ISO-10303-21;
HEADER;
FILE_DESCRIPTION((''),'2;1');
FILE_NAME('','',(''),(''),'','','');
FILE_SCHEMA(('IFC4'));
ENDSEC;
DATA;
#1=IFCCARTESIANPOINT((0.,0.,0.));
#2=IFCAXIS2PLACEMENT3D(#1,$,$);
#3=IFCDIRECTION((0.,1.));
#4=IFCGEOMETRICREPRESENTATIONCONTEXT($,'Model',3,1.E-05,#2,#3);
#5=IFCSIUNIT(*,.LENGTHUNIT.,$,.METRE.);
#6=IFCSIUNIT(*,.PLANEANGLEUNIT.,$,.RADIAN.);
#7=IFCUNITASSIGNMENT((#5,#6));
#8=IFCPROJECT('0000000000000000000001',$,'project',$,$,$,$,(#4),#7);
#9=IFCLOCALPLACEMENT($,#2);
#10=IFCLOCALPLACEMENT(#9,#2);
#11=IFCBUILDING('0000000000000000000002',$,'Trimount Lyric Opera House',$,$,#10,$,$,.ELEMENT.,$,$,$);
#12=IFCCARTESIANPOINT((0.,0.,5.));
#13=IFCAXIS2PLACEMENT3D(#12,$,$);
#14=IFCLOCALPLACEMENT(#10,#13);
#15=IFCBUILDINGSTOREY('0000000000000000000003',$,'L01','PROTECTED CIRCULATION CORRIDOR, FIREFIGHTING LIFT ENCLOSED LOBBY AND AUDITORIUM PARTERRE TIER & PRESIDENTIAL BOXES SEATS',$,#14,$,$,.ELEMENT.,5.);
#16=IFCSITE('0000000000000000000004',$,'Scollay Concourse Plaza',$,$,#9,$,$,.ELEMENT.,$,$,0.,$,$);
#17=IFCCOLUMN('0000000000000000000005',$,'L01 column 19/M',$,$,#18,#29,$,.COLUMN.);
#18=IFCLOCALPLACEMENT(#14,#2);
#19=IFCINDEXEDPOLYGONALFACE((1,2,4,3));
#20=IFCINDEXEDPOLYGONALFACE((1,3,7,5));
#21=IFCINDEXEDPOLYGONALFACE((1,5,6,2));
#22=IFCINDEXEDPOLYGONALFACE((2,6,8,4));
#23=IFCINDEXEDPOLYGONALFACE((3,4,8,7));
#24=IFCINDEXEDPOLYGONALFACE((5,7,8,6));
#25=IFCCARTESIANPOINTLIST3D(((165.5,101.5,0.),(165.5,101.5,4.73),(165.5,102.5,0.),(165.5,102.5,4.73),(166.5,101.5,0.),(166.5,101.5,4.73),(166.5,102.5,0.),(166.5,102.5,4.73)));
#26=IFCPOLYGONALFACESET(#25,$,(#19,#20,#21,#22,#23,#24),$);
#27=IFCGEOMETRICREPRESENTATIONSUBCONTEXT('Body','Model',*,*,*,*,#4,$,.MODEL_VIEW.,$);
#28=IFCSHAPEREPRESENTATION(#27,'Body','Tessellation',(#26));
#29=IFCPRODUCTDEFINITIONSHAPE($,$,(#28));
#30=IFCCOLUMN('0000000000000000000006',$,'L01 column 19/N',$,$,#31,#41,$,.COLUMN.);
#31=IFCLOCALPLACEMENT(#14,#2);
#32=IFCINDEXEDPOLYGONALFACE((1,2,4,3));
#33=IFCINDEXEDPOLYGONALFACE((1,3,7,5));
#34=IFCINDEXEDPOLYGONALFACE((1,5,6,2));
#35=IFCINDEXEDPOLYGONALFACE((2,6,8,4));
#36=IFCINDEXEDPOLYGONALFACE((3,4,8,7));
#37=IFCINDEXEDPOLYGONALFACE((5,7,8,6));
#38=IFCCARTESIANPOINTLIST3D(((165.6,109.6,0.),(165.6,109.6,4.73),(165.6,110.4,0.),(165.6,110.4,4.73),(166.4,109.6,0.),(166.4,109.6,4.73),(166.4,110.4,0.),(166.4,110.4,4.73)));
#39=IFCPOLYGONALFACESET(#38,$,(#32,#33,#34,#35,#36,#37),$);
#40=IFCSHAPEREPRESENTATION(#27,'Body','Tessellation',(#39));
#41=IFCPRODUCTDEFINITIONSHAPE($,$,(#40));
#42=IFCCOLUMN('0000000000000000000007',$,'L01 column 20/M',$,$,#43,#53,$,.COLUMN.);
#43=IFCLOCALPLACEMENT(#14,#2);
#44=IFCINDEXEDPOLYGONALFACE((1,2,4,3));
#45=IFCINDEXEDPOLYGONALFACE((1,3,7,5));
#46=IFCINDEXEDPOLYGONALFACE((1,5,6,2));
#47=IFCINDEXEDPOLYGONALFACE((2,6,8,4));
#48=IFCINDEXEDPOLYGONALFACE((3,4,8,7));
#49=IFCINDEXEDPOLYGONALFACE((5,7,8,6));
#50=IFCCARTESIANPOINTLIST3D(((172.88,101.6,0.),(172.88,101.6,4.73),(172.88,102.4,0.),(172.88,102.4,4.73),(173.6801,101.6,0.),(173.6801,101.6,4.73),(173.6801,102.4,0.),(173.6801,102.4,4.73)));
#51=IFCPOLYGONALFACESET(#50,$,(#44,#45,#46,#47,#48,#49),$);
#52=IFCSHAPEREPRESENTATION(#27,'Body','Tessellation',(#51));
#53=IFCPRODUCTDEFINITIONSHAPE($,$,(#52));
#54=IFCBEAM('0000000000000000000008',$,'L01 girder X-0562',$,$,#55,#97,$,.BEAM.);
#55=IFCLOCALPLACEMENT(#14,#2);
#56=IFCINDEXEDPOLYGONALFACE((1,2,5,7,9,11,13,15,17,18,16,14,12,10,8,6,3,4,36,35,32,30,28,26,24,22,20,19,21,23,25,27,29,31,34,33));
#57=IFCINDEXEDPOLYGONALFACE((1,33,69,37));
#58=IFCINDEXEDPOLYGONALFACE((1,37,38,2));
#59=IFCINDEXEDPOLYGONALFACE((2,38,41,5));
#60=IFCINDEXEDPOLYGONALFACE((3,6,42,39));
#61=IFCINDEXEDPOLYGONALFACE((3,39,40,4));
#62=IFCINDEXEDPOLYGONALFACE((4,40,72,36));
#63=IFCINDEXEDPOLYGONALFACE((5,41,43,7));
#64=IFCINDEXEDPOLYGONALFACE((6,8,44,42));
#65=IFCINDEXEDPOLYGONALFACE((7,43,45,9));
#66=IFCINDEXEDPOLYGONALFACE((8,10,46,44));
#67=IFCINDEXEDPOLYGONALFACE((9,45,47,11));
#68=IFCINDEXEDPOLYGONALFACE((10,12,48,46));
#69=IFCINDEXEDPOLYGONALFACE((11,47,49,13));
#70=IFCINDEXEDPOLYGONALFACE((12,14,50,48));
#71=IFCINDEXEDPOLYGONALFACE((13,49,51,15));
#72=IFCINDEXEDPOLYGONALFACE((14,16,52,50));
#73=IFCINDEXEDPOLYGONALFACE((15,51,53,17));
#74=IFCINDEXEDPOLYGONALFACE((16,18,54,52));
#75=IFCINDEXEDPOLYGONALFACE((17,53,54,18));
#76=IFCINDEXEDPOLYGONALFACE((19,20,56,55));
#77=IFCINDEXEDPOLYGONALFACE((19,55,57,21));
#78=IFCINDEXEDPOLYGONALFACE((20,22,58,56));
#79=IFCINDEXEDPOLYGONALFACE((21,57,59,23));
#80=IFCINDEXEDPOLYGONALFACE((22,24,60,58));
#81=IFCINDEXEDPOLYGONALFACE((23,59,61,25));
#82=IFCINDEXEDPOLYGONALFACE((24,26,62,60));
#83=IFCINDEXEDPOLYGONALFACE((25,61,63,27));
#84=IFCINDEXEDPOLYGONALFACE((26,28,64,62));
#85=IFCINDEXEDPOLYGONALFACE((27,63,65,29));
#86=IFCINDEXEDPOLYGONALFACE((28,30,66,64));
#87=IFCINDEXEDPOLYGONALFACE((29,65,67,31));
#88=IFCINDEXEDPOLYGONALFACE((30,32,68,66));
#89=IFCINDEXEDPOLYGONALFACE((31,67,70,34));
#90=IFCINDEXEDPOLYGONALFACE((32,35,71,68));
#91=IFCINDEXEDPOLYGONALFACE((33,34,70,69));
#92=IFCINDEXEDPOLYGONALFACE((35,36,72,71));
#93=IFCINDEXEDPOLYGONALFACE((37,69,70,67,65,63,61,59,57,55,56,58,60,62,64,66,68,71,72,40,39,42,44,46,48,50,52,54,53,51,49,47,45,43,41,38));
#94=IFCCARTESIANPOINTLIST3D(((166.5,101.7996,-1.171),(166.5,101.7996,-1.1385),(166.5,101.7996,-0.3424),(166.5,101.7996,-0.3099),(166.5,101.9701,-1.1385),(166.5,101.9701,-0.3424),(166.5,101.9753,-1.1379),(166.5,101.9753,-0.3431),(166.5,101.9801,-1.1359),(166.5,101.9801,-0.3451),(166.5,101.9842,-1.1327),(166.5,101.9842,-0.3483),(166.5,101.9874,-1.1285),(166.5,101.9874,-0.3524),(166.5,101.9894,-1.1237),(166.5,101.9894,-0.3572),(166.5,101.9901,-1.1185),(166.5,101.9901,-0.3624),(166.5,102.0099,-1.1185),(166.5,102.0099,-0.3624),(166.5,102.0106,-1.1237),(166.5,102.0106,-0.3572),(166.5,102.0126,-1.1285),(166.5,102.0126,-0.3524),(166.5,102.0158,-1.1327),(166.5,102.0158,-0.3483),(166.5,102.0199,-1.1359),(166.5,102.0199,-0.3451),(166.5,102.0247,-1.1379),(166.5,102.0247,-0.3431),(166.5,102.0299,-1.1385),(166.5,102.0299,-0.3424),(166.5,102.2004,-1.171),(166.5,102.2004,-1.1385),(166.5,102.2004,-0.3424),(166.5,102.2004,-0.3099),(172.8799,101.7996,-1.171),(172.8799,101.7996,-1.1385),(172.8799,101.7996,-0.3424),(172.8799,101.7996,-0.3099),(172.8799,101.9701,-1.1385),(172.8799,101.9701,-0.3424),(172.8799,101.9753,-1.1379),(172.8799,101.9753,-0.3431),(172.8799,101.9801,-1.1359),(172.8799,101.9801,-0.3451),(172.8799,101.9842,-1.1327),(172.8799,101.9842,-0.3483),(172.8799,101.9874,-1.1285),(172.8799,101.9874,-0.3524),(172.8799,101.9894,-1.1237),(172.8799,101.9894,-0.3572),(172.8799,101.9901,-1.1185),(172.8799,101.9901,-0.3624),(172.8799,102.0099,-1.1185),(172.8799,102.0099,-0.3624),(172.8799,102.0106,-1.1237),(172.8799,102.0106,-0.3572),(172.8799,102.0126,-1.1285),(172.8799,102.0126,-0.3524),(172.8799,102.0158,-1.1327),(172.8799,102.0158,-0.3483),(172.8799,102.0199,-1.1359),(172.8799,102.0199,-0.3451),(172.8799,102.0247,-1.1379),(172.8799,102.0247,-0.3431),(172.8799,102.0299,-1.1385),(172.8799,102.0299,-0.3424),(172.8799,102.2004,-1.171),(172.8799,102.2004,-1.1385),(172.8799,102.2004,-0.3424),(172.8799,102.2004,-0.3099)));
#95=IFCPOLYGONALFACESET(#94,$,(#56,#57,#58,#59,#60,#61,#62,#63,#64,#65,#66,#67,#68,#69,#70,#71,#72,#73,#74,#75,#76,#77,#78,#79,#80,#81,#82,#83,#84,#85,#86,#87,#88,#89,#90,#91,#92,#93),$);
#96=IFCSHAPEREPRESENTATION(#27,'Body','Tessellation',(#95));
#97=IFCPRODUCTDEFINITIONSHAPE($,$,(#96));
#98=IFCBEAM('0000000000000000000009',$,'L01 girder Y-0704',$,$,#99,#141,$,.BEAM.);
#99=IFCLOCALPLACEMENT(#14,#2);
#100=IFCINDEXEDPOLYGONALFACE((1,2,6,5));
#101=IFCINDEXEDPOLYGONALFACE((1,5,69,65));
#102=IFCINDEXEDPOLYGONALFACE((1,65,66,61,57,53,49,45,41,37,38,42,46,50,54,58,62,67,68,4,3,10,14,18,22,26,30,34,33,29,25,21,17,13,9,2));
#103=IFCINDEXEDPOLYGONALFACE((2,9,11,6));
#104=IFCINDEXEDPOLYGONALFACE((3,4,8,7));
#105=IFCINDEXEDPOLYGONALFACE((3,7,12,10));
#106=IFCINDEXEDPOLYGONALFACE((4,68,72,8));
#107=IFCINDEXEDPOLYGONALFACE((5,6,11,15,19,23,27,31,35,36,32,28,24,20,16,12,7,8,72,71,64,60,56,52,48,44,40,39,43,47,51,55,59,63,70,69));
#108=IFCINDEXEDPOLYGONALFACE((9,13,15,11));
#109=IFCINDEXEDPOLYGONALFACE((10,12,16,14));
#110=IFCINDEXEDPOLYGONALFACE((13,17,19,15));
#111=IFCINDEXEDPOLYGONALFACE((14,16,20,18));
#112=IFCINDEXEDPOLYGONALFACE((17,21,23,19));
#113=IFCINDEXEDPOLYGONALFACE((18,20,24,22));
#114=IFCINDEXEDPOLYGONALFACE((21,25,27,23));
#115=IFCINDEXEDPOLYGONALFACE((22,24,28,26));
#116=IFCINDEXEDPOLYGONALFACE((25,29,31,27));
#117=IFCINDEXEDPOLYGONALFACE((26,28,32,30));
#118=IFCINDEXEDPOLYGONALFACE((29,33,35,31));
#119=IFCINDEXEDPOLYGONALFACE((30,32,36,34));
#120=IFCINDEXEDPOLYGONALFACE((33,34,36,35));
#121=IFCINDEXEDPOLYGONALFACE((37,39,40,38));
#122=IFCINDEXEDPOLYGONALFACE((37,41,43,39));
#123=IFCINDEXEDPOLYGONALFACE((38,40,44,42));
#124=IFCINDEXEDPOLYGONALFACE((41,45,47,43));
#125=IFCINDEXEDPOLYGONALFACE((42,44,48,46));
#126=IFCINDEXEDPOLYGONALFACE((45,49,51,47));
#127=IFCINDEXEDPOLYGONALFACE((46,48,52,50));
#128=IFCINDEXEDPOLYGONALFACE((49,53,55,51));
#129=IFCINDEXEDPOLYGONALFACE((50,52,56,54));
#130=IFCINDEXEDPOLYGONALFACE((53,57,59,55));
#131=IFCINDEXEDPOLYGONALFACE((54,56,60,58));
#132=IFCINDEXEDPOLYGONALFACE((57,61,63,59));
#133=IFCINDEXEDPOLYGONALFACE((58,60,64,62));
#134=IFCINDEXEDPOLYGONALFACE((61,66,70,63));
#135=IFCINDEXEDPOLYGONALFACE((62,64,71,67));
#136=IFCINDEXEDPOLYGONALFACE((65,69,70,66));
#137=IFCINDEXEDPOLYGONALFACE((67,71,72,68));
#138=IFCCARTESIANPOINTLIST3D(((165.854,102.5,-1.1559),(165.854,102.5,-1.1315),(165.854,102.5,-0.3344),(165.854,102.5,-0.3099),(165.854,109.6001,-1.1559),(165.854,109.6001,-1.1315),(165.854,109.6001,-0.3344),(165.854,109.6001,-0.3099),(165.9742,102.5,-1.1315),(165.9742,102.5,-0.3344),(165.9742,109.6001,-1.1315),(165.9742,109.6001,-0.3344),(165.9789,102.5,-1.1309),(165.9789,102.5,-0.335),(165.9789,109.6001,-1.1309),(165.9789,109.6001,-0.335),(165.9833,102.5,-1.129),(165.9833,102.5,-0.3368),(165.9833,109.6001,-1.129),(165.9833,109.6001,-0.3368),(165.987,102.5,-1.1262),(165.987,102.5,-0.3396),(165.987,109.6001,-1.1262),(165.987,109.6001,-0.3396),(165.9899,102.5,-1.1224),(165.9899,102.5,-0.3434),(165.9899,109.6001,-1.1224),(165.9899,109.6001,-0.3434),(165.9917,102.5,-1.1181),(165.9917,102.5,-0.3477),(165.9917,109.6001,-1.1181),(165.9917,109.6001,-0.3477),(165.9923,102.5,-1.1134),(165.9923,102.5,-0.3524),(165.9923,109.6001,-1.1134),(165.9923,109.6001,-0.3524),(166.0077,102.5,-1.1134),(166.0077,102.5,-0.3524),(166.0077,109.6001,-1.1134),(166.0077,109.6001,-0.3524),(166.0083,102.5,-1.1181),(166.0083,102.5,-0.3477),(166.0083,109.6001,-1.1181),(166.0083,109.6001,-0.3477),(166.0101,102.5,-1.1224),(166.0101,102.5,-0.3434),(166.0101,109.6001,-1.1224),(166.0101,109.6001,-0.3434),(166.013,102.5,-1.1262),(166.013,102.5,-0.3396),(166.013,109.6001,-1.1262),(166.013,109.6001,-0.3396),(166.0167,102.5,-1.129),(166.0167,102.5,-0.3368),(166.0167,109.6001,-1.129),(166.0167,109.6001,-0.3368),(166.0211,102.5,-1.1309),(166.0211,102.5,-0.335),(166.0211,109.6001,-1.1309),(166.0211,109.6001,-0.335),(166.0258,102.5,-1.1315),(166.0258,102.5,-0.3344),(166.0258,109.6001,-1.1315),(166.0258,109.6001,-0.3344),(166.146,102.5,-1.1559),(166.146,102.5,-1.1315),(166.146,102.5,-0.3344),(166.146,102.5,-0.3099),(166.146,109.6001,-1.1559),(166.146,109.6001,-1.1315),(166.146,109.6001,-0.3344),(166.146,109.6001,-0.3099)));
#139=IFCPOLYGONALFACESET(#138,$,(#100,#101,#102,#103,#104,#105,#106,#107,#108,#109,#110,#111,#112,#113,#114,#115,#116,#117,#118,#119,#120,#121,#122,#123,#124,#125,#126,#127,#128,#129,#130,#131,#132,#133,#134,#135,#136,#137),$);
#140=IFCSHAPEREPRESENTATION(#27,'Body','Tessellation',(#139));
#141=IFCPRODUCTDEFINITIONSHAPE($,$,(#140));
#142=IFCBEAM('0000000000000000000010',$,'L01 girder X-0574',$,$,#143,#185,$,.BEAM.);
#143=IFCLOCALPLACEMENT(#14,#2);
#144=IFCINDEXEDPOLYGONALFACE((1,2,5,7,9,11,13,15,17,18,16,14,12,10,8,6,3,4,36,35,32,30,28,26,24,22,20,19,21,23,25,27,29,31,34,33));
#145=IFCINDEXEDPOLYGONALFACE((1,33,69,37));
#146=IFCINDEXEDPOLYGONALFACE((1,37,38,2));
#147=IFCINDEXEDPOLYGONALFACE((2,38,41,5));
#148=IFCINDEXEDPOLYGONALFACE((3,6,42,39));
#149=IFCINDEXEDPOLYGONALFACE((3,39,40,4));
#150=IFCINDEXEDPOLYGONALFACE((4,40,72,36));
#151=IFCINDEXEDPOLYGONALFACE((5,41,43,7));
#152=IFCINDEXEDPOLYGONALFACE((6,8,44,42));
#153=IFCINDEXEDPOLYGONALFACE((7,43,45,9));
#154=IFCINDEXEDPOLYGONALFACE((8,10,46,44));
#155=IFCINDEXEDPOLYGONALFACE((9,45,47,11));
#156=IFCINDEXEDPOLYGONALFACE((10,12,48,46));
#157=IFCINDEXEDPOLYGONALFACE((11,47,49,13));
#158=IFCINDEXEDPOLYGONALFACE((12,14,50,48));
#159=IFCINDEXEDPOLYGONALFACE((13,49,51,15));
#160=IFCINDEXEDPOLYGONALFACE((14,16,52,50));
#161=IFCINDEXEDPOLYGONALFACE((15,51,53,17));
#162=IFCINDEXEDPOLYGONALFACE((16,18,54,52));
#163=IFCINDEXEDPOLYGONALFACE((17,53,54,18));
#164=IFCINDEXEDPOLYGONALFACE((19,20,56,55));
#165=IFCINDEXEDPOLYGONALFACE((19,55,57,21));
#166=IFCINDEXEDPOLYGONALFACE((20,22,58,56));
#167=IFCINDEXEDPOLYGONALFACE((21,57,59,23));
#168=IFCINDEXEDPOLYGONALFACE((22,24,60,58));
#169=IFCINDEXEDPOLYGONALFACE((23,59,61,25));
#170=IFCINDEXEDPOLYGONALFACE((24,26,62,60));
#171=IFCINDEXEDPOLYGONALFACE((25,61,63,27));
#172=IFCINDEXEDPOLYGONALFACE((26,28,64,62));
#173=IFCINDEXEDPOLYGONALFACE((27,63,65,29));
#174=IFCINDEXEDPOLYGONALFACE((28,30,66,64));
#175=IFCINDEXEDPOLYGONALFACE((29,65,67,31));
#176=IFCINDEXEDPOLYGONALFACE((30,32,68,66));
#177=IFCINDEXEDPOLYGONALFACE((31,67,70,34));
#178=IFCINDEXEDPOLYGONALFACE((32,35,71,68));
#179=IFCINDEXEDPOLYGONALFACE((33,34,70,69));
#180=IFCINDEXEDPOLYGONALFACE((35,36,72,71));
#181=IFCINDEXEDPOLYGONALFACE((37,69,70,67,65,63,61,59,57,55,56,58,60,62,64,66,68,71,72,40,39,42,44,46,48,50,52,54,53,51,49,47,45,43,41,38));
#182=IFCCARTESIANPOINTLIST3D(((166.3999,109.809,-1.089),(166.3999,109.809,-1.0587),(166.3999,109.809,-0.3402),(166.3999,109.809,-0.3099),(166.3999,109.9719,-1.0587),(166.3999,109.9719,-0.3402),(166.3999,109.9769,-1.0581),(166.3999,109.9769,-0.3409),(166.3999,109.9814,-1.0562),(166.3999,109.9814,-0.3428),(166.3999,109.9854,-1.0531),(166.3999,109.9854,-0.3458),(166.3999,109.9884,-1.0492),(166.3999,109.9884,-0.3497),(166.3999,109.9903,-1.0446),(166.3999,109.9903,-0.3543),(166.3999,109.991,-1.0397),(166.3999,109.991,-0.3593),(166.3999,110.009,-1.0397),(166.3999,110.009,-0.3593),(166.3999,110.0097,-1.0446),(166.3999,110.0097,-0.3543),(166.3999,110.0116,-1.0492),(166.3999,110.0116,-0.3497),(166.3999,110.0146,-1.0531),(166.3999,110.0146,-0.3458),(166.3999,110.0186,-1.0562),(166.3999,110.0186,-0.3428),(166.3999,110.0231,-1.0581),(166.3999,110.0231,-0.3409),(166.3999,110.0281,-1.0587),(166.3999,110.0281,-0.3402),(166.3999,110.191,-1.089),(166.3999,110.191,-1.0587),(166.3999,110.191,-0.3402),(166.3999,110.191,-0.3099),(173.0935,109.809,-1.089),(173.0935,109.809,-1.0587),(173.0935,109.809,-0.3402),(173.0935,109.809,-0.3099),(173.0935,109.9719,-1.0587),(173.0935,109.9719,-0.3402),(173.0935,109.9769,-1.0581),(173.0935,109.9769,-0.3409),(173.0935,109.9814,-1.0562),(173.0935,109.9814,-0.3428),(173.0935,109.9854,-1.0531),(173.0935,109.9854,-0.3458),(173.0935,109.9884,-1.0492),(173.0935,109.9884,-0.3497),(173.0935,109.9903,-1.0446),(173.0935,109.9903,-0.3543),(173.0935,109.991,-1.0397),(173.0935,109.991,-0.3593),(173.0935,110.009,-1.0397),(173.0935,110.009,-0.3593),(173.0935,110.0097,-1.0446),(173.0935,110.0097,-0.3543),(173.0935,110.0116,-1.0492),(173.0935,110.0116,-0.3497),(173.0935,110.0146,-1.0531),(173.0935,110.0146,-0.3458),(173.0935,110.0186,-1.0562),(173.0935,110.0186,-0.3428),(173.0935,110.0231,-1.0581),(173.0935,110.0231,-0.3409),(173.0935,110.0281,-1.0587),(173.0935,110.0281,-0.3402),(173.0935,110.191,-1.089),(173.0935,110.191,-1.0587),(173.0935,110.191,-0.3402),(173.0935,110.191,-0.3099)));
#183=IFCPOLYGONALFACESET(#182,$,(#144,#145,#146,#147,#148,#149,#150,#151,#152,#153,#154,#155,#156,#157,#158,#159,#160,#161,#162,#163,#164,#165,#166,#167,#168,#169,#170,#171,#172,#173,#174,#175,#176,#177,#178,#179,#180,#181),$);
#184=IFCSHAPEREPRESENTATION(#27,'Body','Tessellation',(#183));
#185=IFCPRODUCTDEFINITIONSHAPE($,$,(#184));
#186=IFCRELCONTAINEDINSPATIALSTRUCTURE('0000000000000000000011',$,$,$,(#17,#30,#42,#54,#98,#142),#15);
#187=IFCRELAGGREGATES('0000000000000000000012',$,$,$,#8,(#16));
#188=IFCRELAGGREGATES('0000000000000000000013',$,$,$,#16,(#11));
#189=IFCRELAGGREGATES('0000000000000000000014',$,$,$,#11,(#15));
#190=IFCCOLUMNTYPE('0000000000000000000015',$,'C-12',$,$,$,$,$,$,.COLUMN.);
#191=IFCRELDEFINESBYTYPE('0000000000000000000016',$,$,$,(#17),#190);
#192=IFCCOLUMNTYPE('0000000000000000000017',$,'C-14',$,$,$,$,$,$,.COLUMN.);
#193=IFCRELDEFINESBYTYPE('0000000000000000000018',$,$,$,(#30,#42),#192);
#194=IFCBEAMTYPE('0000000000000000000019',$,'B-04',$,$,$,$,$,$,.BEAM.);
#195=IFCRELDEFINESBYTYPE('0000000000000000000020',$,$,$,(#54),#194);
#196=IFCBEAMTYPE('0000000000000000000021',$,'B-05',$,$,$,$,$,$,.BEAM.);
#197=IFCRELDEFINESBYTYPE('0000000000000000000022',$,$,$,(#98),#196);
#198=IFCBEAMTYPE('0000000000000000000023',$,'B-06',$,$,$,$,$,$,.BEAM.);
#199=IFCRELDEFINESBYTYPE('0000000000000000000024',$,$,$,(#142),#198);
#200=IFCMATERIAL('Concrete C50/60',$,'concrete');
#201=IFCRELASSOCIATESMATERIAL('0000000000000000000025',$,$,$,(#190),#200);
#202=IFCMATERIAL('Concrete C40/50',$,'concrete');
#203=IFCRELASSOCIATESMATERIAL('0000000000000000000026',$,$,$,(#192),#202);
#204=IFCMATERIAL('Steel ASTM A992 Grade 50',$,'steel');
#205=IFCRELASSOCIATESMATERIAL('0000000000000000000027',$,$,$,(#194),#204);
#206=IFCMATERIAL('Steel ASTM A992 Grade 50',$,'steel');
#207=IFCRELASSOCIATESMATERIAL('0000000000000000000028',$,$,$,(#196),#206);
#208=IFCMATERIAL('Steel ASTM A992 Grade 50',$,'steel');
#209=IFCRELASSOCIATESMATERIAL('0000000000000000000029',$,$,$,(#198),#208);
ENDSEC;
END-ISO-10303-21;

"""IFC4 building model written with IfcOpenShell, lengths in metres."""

from ifc_helpers import new_model, si_unit, direction, frame, origin, origin_2d, place, context, subcontext, project, spatial, rectangle, i_section, extrude, material, material_profile, profile_set, type_object, element, save


model = new_model("IFC4")

# Units and contexts
model_context = context("Model", 3, precision=1e-05, world=origin(), true_north=direction((0.0, 1.0)))
body_context = subcontext(model_context, "Body", "Model", "MODEL_VIEW")
ifc_project = project(units=[si_unit("LENGTHUNIT", "METRE"), si_unit("PLANEANGLEUNIT", "RADIAN")], contexts=[model_context])

# Site, building, storey
site_placement = place(None, origin())
site = spatial("IfcSite", under=ifc_project, at=site_placement, Name="Scollay Concourse Plaza", CompositionType="ELEMENT", RefElevation=0.0)
building_placement = place(site_placement, origin())
building = spatial("IfcBuilding", under=site, at=building_placement, Name="Trimount Lyric Opera House", CompositionType="ELEMENT")
storey_placement = place(building_placement, frame((0.0, 0.0, 5.0)))
storey = spatial("IfcBuildingStorey", under=building, at=storey_placement, Name="L01", Description="PROTECTED CIRCULATION CORRIDOR, FIREFIGHTING LIFT ENCLOSED LOBBY AND AUDITORIUM PARTERRE TIER & PRESIDENTIAL BOXES SEATS", CompositionType="ELEMENT", Elevation=5.0)

# Columns
ifc_material_1 = material(Name="Concrete C50/60", Category="concrete")
ifc_material_profile_1 = material_profile(ifc_material_1, rectangle(XDim=1.0, YDim=1.0, at=origin_2d()), Name="RC1000X1000")
ifc_profile_set_1 = profile_set([ifc_material_profile_1], Name="Concrete C50/60")
column_type_1 = type_object("IfcColumnType", Name="C-12", PredefinedType="COLUMN", material=ifc_profile_set_1)
column_placement = place(storey_placement, frame((166.0, 102.0, 0.0), z_axis=(0.0, 0.0, 1.0), x_axis=(1.0, 0.0, 0.0)))
element("IfcColumn", 1, at=column_placement, inside=storey, type_object=column_type_1, Name="L01 column 19/M", PredefinedType="COLUMN", context=body_context, shape_type="SweptSolid", body=[
    extrude(rectangle(XDim=1.0, YDim=1.0, at=origin_2d()), origin(), (0.0, 0.0, 1.0), 4.73),
])
ifc_material_2 = material(Name="Concrete C40/50", Category="concrete")
ifc_material_profile_2 = material_profile(ifc_material_2, rectangle(XDim=0.8, YDim=0.8, at=origin_2d()), Name="RC800X800")
ifc_profile_set_2 = profile_set([ifc_material_profile_2], Name="Concrete C40/50")
column_type_2 = type_object("IfcColumnType", Name="C-14", PredefinedType="COLUMN", material=ifc_profile_set_2)
for number, where, z_axis, x_axis, name in (
    (2, (166.0, 110.0, 0.0), (0.0, 0.0, 1.0), (1.0, 0.0, 0.0), "L01 column 19/N"),
    (3, (173.28, 102.0, 0.0), (0.0, 0.0, 1.0), (1.0, 0.0, 0.0), "L01 column 20/M"),
):
    element("IfcColumn", number, at=place(storey_placement, frame(where, z_axis=z_axis, x_axis=x_axis)), inside=storey, type_object=column_type_2, Name=name, PredefinedType="COLUMN", context=body_context, shape_type="SweptSolid", body=[
        extrude(rectangle(XDim=0.8, YDim=0.8, at=origin_2d()), origin(), (0.0, 0.0, 1.0), 4.73),
    ])

# Beams
ifc_material_3 = material(Name="Steel ASTM A992 Grade 50", Category="steel")
ifc_material_profile_3 = material_profile(ifc_material_3, i_section(OverallWidth=0.4009, OverallDepth=0.8611, WebThickness=0.0198, FlangeThickness=0.0325, FilletRadius=0.02, at=origin_2d()), Name="W33X221")
ifc_profile_set_3 = profile_set([ifc_material_profile_3], Name="Steel ASTM A992 Grade 50")
beam_type_1 = type_object("IfcBeamType", Name="B-04", PredefinedType="BEAM", material=ifc_profile_set_3)
beam_1_placement = place(storey_placement, frame((166.5, 102.0, -0.7405), z_axis=(1.0, 0.0, 0.0), x_axis=(0.0, 1.0, 0.0)))
element("IfcBeam", 4, at=beam_1_placement, inside=storey, type_object=beam_type_1, Name="L01 girder X-0562", PredefinedType="BEAM", context=body_context, shape_type="SweptSolid", body=[
    extrude(i_section(OverallWidth=0.4009, OverallDepth=0.8611, WebThickness=0.0198, FlangeThickness=0.0325, FilletRadius=0.02, at=origin_2d()), origin(), (0.0, 0.0, 1.0), 6.3799),
])
ifc_material_4 = material(Name="Steel ASTM A992 Grade 50", Category="steel")
ifc_material_profile_4 = material_profile(ifc_material_4, i_section(OverallWidth=0.292, OverallDepth=0.8459, WebThickness=0.0154, FlangeThickness=0.0244, FilletRadius=0.0181, at=origin_2d()), Name="W33X141")
ifc_profile_set_4 = profile_set([ifc_material_profile_4], Name="Steel ASTM A992 Grade 50")
beam_type_2 = type_object("IfcBeamType", Name="B-05", PredefinedType="BEAM", material=ifc_profile_set_4)
beam_2_placement = place(storey_placement, frame((166.0, 102.5, -0.7329), z_axis=(0.0, 1.0, 0.0), x_axis=(-1.0, 0.0, 0.0)))
element("IfcBeam", 5, at=beam_2_placement, inside=storey, type_object=beam_type_2, Name="L01 girder Y-0704", PredefinedType="BEAM", context=body_context, shape_type="SweptSolid", body=[
    extrude(i_section(OverallWidth=0.292, OverallDepth=0.8459, WebThickness=0.0154, FlangeThickness=0.0244, FilletRadius=0.0181, at=origin_2d()), origin(), (0.0, 0.0, 1.0), 7.1001),
])
ifc_material_5 = material(Name="Steel ASTM A992 Grade 50", Category="steel")
ifc_material_profile_5 = material_profile(ifc_material_5, i_section(OverallWidth=0.3821, OverallDepth=0.7791, WebThickness=0.0181, FlangeThickness=0.0303, FilletRadius=0.019, at=origin_2d()), Name="W30X191")
ifc_profile_set_5 = profile_set([ifc_material_profile_5], Name="Steel ASTM A992 Grade 50")
beam_type_3 = type_object("IfcBeamType", Name="B-06", PredefinedType="BEAM", material=ifc_profile_set_5)
beam_3_placement = place(storey_placement, frame((166.3999, 110.0, -0.6995), z_axis=(1.0, 0.0, 0.0), x_axis=(0.0, 1.0, 0.0)))
element("IfcBeam", 6, at=beam_3_placement, inside=storey, type_object=beam_type_3, Name="L01 girder X-0574", PredefinedType="BEAM", context=body_context, shape_type="SweptSolid", body=[
    extrude(i_section(OverallWidth=0.3821, OverallDepth=0.7791, WebThickness=0.0181, FlangeThickness=0.0303, FilletRadius=0.019, at=origin_2d()), origin(), (0.0, 0.0, 1.0), 6.6936),
])

save(model, "model.ifc")
